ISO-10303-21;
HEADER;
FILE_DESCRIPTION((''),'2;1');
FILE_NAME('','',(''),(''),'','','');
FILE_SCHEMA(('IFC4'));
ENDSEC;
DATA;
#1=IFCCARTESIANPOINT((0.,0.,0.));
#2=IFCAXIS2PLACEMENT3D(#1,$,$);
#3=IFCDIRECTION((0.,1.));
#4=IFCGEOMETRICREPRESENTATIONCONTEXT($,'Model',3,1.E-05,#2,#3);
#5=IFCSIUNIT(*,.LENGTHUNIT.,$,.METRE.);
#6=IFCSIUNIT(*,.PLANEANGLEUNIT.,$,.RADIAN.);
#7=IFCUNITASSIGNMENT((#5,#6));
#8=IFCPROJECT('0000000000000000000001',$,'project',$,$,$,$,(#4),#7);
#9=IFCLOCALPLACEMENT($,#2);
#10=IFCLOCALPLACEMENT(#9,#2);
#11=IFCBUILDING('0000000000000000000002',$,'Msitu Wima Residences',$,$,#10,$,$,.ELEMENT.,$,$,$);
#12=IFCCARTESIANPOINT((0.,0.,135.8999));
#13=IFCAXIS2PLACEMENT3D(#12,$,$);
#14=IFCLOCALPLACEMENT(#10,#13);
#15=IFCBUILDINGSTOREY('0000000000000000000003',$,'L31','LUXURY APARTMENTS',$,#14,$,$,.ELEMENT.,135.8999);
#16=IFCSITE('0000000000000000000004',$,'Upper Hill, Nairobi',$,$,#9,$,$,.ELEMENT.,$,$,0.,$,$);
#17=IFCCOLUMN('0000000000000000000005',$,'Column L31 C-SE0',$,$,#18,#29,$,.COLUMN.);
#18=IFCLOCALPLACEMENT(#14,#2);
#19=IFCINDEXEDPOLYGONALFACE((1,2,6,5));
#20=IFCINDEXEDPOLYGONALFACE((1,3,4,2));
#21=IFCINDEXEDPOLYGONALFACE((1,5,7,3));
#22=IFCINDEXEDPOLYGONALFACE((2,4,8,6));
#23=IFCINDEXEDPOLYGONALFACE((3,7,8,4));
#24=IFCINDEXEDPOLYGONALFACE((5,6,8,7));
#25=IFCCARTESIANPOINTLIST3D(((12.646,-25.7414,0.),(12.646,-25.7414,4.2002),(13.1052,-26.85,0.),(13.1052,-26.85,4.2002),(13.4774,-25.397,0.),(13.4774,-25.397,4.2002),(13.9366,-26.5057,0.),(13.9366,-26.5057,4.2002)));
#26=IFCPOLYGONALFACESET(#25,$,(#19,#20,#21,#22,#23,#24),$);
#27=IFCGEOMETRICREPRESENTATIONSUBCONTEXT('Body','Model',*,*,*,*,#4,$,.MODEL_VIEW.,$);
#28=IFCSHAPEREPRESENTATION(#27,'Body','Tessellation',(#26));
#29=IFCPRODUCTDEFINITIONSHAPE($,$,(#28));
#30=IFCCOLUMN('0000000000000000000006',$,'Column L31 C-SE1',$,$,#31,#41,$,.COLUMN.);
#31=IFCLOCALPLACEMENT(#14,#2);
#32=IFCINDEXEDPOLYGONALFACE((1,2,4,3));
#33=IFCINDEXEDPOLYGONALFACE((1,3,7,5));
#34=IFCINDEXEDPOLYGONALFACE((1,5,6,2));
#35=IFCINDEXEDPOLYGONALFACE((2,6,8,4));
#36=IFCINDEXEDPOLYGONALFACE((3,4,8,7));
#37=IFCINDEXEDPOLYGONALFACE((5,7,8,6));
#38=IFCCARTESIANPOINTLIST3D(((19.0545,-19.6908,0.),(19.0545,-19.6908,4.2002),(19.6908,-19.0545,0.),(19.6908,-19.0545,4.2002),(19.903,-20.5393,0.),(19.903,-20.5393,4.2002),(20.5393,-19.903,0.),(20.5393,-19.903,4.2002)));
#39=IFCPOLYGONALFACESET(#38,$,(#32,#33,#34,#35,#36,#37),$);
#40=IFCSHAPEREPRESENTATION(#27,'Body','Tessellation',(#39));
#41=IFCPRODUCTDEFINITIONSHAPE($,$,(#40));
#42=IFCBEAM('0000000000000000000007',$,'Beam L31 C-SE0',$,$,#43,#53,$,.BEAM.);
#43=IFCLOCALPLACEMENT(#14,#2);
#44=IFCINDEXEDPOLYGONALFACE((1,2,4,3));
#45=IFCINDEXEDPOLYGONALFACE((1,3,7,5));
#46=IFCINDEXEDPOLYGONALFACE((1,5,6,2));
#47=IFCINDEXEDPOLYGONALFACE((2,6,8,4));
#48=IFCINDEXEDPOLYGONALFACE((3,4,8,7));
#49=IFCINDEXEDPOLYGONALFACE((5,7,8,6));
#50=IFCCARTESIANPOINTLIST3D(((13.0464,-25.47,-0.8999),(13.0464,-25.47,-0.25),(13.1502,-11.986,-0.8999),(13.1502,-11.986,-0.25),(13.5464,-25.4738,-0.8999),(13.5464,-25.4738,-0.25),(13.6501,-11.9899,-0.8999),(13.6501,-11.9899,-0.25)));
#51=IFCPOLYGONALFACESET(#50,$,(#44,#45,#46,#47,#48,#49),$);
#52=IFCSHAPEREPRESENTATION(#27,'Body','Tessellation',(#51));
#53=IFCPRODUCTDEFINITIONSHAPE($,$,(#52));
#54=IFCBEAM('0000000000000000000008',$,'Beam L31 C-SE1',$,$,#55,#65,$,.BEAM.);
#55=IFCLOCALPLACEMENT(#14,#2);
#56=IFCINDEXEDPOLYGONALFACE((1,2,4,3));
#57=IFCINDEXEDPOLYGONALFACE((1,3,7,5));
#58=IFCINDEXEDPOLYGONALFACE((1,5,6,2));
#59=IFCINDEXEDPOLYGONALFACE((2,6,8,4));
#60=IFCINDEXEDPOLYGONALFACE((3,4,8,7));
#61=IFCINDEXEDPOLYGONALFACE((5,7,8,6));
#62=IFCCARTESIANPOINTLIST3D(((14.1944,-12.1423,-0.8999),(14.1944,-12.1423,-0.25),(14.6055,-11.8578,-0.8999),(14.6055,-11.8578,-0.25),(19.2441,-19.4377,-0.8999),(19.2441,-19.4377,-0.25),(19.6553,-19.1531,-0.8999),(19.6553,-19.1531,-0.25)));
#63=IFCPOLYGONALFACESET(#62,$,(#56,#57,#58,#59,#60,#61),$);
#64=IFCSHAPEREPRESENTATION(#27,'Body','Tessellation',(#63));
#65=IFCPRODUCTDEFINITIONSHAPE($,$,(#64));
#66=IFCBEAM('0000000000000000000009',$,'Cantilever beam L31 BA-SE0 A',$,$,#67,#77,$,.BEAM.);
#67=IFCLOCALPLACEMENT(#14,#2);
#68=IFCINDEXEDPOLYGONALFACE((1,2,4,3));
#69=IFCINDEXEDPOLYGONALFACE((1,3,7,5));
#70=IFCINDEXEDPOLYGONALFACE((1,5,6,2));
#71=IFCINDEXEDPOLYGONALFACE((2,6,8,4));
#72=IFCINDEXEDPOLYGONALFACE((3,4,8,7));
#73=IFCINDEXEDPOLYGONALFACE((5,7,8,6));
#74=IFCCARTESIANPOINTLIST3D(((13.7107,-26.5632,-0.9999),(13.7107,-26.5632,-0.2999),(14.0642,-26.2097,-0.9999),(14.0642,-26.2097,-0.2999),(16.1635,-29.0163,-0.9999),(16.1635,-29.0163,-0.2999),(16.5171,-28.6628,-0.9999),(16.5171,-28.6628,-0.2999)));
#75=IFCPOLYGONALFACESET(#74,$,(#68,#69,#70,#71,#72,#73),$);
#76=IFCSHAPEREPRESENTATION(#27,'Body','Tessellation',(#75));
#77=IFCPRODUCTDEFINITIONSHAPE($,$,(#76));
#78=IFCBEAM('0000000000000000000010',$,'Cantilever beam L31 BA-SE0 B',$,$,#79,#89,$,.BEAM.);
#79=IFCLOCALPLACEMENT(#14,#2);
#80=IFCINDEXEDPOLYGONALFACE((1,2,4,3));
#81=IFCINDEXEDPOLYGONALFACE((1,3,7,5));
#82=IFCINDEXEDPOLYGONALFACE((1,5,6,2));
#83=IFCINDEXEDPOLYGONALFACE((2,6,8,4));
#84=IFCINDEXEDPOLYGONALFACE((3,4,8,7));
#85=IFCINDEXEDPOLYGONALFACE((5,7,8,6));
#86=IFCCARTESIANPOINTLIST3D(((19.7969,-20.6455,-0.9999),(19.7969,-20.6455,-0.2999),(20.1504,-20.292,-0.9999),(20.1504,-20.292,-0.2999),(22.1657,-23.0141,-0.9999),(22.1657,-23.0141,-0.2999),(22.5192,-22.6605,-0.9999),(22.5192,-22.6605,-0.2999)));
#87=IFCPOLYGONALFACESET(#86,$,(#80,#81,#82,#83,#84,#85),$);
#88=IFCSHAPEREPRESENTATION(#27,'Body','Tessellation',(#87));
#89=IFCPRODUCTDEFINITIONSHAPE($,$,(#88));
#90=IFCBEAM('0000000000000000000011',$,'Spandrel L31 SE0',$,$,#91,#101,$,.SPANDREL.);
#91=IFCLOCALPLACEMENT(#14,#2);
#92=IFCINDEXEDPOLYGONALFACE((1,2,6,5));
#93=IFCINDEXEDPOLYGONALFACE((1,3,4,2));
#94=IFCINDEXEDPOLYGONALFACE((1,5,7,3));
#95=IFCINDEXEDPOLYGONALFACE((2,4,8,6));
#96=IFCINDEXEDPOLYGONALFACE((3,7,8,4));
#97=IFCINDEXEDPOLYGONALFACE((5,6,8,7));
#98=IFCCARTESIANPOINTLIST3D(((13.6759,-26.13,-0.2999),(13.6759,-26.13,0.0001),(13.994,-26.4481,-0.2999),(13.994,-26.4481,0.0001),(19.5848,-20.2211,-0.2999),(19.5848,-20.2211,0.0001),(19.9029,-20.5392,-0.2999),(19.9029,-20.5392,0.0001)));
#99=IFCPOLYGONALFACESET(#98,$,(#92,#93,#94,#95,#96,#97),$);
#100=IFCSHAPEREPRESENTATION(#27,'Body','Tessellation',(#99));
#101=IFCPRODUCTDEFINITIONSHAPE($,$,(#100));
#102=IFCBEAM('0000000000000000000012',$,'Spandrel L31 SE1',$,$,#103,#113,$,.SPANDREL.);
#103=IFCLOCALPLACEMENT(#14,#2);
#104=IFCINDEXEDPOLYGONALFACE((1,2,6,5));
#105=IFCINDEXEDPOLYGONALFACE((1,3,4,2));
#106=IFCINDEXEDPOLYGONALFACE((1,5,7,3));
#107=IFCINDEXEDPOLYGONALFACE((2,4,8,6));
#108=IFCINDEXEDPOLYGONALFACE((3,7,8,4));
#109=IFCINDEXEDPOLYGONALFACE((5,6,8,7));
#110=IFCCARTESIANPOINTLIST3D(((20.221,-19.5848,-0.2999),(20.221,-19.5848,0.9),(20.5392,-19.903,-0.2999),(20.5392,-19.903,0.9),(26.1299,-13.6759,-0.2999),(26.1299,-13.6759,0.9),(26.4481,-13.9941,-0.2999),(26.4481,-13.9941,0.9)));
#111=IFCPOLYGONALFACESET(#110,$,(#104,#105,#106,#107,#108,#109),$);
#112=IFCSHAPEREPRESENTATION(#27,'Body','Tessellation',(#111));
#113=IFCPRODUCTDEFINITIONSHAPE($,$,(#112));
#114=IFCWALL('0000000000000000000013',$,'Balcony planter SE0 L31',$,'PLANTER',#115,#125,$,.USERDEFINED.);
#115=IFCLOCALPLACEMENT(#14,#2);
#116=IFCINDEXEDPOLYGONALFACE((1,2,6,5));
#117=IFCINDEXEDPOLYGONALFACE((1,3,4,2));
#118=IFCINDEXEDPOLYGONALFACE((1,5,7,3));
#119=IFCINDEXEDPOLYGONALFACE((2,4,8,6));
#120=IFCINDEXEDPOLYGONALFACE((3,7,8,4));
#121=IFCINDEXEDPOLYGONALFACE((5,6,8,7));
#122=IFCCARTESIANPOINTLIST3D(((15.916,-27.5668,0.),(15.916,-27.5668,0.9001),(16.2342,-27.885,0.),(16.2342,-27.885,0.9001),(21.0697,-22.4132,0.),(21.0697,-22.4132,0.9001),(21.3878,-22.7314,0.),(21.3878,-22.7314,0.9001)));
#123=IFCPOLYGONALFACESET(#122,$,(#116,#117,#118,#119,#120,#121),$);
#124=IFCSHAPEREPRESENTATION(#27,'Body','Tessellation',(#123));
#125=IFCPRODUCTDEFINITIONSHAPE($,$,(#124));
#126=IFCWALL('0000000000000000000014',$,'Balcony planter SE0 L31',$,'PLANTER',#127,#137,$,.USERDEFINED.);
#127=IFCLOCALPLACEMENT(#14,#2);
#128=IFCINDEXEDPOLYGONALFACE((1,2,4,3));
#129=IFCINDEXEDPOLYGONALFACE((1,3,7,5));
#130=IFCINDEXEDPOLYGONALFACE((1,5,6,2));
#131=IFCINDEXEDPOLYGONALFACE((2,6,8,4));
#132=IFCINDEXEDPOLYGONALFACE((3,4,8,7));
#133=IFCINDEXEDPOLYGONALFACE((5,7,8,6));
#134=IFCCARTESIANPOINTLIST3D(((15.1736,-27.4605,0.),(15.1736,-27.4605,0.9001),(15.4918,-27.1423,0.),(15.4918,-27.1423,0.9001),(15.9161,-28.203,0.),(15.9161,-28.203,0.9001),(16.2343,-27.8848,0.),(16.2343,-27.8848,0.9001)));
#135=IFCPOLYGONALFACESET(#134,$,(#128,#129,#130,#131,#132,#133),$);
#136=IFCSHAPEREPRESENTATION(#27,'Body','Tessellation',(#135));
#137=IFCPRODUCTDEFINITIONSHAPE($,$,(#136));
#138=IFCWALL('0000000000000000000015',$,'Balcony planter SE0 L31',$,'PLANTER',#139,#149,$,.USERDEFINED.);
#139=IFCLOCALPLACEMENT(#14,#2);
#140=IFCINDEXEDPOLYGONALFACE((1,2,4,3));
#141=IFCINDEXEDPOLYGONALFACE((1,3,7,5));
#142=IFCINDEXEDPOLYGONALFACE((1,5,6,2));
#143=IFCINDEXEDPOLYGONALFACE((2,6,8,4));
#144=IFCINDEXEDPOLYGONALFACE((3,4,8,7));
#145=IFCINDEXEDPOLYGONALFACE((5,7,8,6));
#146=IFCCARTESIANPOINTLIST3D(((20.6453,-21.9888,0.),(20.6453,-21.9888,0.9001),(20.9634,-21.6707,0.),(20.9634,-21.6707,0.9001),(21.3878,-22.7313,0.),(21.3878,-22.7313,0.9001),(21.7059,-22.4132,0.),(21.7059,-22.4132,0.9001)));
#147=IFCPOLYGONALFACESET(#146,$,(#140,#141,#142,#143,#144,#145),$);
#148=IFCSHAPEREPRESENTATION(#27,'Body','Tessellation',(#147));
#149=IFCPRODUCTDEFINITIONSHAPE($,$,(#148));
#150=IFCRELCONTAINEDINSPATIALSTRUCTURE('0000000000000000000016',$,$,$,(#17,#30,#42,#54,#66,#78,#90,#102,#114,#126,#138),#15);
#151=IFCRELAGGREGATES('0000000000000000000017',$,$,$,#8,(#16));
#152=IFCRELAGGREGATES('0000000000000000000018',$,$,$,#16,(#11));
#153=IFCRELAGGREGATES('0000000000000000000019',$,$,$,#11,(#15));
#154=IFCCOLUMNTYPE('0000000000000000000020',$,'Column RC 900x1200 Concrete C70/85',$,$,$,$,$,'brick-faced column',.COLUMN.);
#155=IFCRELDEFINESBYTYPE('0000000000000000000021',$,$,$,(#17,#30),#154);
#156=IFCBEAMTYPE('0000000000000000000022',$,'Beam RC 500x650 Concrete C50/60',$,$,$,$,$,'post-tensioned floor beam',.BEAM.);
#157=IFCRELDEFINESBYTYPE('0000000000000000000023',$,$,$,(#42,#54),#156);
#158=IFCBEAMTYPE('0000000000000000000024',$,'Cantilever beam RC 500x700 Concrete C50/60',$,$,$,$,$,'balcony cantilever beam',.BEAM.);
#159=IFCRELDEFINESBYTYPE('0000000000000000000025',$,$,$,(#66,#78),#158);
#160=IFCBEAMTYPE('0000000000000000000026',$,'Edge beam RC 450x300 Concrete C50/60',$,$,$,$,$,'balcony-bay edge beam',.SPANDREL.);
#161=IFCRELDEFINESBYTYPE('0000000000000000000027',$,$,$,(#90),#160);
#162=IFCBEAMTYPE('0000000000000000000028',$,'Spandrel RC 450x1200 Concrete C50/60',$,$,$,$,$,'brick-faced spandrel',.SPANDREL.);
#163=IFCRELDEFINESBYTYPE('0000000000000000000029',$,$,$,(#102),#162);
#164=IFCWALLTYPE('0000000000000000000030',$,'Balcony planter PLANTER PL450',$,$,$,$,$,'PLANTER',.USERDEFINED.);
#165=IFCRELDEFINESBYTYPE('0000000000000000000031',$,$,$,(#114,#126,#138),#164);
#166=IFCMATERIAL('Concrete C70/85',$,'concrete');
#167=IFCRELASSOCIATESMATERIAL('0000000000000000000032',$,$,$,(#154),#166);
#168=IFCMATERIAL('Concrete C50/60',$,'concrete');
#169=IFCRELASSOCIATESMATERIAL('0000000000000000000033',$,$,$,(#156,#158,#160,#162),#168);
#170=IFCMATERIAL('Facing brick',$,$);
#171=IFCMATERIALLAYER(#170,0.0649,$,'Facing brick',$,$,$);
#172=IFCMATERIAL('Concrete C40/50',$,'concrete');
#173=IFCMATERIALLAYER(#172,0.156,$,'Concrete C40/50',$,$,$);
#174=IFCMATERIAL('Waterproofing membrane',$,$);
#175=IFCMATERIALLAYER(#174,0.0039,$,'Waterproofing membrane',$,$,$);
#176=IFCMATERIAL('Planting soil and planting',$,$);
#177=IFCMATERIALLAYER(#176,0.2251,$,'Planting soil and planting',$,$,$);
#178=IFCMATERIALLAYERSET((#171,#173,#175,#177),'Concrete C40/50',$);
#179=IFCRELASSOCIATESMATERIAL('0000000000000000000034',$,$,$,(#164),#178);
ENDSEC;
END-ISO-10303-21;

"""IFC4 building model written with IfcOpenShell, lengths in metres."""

from ifc_helpers import new_model, si_unit, direction, frame, frame_2d, origin, origin_2d, place, context, subcontext, project, spatial, rectangle, extrude, material, layer, layer_set, material_profile, profile_set, type_object, element, save


model = new_model("IFC4")

# Units and contexts
model_context = context("Model", 3, precision=1e-05, world=origin(), true_north=direction((0.0, 1.0)))
body_context = subcontext(model_context, "Body", "Model", "MODEL_VIEW")
ifc_project = project(units=[si_unit("LENGTHUNIT", "METRE"), si_unit("PLANEANGLEUNIT", "RADIAN")], contexts=[model_context])

# Site, building, storey
site_placement = place(None, origin())
site = spatial("IfcSite", under=ifc_project, at=site_placement, Name="Upper Hill, Nairobi", CompositionType="ELEMENT", RefElevation=0.0)
building_placement = place(site_placement, origin())
building = spatial("IfcBuilding", under=site, at=building_placement, Name="Msitu Wima Residences", CompositionType="ELEMENT")
storey_placement = place(building_placement, frame((0.0, 0.0, 135.8999)))
storey = spatial("IfcBuildingStorey", under=building, at=storey_placement, Name="L31", Description="LUXURY APARTMENTS", CompositionType="ELEMENT", Elevation=135.8999)

# Columns
ifc_material_1 = material(Name="Concrete C70/85", Category="concrete")
ifc_material_profile_1 = material_profile(ifc_material_1, rectangle(XDim=0.8999, YDim=1.2, at=origin_2d()), Name="RC 900x1200")
ifc_profile_set_1 = profile_set([ifc_material_profile_1], Name="Concrete C70/85")
column_type = type_object("IfcColumnType", Name="Column RC 900x1200 Concrete C70/85", ElementType="brick-faced column", PredefinedType="COLUMN", material=ifc_profile_set_1)
for number, where, z_axis, x_axis, name in (
    (1, (13.2913, -26.1235, 0.0), (0.0, 0.0, 1.0), (0.92388, 0.382683, 0.0), "Column L31 C-SE0"),
    (2, (19.7969, -19.7969, 0.0), (0.0, 0.0, 1.0), (0.707107, 0.707107, 0.0), "Column L31 C-SE1"),
):
    element("IfcColumn", number, at=place(storey_placement, frame(where, z_axis=z_axis, x_axis=x_axis)), inside=storey, type_object=column_type, Name=name, PredefinedType="COLUMN", context=body_context, shape_type="SweptSolid", body=[
        extrude(rectangle(XDim=0.8999, YDim=1.2, at=origin_2d()), origin(), (0.0, 0.0, 1.0), 4.2002),
    ])

# Beams
ifc_material_2 = material(Name="Concrete C50/60", Category="concrete")
ifc_material_profile_2 = material_profile(ifc_material_2, rectangle(XDim=0.5, YDim=0.6499, at=origin_2d()), Name="RC 500x650")
ifc_profile_set_2 = profile_set([ifc_material_profile_2], Name="Concrete C50/60")
beam_type_1 = type_object("IfcBeamType", Name="Beam RC 500x650 Concrete C50/60", ElementType="post-tensioned floor beam", PredefinedType="BEAM", material=ifc_profile_set_2)
beam_1_placement = place(storey_placement, frame((13.2964, -25.4719, -0.575), z_axis=(0.007695, 0.99997, 0.0), x_axis=(-0.99997, 0.007695, 0.0)))
element("IfcBeam", 3, at=beam_1_placement, inside=storey, type_object=beam_type_1, Name="Beam L31 C-SE0", PredefinedType="BEAM", context=body_context, shape_type="SweptSolid", body=[
    extrude(rectangle(XDim=0.5, YDim=0.6499, at=origin_2d()), origin(), (0.0, 0.0, 1.0), 13.4844),
])
beam_2_placement = place(storey_placement, frame((19.4497, -19.2954, -0.575), z_axis=(-0.569144, 0.822238, 0.0), x_axis=(-0.822238, -0.569144, 0.0)))
element("IfcBeam", 4, at=beam_2_placement, inside=storey, type_object=beam_type_1, Name="Beam L31 C-SE1", PredefinedType="BEAM", context=body_context, shape_type="SweptSolid", body=[
    extrude(rectangle(XDim=0.5, YDim=0.6499, at=origin_2d()), origin(), (0.0, 0.0, 1.0), 8.8726),
])
ifc_material_profile_3 = material_profile(ifc_material_2, rectangle(XDim=0.5, YDim=0.7, at=origin_2d()), Name="RC 500x700")
ifc_profile_set_3 = profile_set([ifc_material_profile_3], Name="Concrete C50/60")
beam_type_2 = type_object("IfcBeamType", Name="Cantilever beam RC 500x700 Concrete C50/60", ElementType="balcony cantilever beam", PredefinedType="BEAM", material=ifc_profile_set_3)
beam_3_placement = place(storey_placement, frame((13.8875, -26.3865, -0.6499), z_axis=(0.707072, -0.707142, 0.0), x_axis=(0.707142, 0.707072, 0.0)))
element("IfcBeam", 5, at=beam_3_placement, inside=storey, type_object=beam_type_2, Name="Cantilever beam L31 BA-SE0 A", PredefinedType="BEAM", context=body_context, shape_type="SweptSolid", body=[
    extrude(rectangle(XDim=0.5, YDim=0.7, at=origin_2d()), origin(), (0.0, 0.0, 1.0), 3.469),
])
beam_4_placement = place(storey_placement, frame((19.9736, -20.4688, -0.6499), z_axis=(0.707143, -0.70707, 0.0), x_axis=(0.70707, 0.707143, 0.0)))
element("IfcBeam", 6, at=beam_4_placement, inside=storey, type_object=beam_type_2, Name="Cantilever beam L31 BA-SE0 B", PredefinedType="BEAM", context=body_context, shape_type="SweptSolid", body=[
    extrude(rectangle(XDim=0.5, YDim=0.7, at=origin_2d()), origin(), (0.0, 0.0, 1.0), 3.3499),
])
ifc_material_profile_4 = material_profile(ifc_material_2, rectangle(XDim=0.45, YDim=0.3, at=origin_2d()), Name="RC 450x300")
ifc_profile_set_4 = profile_set([ifc_material_profile_4], Name="Concrete C50/60")
beam_type_3 = type_object("IfcBeamType", Name="Edge beam RC 450x300 Concrete C50/60", ElementType="balcony-bay edge beam", PredefinedType="SPANDREL", material=ifc_profile_set_4)
beam_5_placement = place(storey_placement, frame((13.835, -26.2891, -0.1499), z_axis=(0.707107, 0.707107, 0.0), x_axis=(-0.707107, 0.707107, 0.0)))
element("IfcBeam", 7, at=beam_5_placement, inside=storey, type_object=beam_type_3, Name="Spandrel L31 SE0", PredefinedType="SPANDREL", context=body_context, shape_type="SweptSolid", body=[
    extrude(rectangle(XDim=0.45, YDim=0.3, at=origin_2d()), origin(), (0.0, 0.0, 1.0), 8.3564),
])
ifc_material_profile_5 = material_profile(ifc_material_2, rectangle(XDim=0.45, YDim=1.2, at=origin_2d()), Name="RC 450x1200")
ifc_profile_set_5 = profile_set([ifc_material_profile_5], Name="Concrete C50/60")
beam_type_4 = type_object("IfcBeamType", Name="Spandrel RC 450x1200 Concrete C50/60", ElementType="brick-faced spandrel", PredefinedType="SPANDREL", material=ifc_profile_set_5)
beam_6_placement = place(storey_placement, frame((20.3801, -19.7439, 0.3), z_axis=(0.707107, 0.707107, 0.0), x_axis=(-0.707107, 0.707107, 0.0)))
element("IfcBeam", 8, at=beam_6_placement, inside=storey, type_object=beam_type_4, Name="Spandrel L31 SE1", PredefinedType="SPANDREL", context=body_context, shape_type="SweptSolid", body=[
    extrude(rectangle(XDim=0.45, YDim=1.2, at=origin_2d()), origin(), (0.0, 0.0, 1.0), 8.3564),
])

# Walls
ifc_material_3 = material(Name="Facing brick")
ifc_layer_1 = layer(ifc_material_3, 0.0649, Name="Facing brick")
ifc_material_4 = material(Name="Concrete C40/50", Category="concrete")
ifc_layer_2 = layer(ifc_material_4, 0.156, Name="Concrete C40/50")
ifc_material_5 = material(Name="Waterproofing membrane")
ifc_layer_3 = layer(ifc_material_5, 0.0039, Name="Waterproofing membrane")
ifc_material_6 = material(Name="Planting soil and planting")
ifc_layer_4 = layer(ifc_material_6, 0.2251, Name="Planting soil and planting")
ifc_layer_set_1 = layer_set([ifc_layer_1, ifc_layer_2, ifc_layer_3, ifc_layer_4], Name="Concrete C40/50")
wall_type_1 = type_object("IfcWallType", Name="Balcony planter PLANTER PL450", ElementType="PLANTER", PredefinedType="USERDEFINED", material=ifc_layer_set_1)
wall_1_placement = place(storey_placement, frame((16.0752, -27.7258, 0.0), z_axis=(0.0, 0.0, 1.0), x_axis=(0.707107, 0.707107, 0.0)))
element("IfcWall", 9, at=wall_1_placement, inside=storey, type_object=wall_type_1, Name="Balcony planter SE0 L31", ObjectType="PLANTER", PredefinedType="USERDEFINED", context=body_context, shape_type="SweptSolid", body=[
    extrude(rectangle(XDim=7.2883, YDim=0.45, at=frame_2d((3.644, 0.0))), origin(), (0.0, 0.0, 1.0), 0.9001),
])
for number, where, z_axis, x_axis, name in (
    (10, (15.3328, -27.3015, 0.0), (0.0, 0.0, 1.0), (0.707107, -0.707107, 0.0), "Balcony planter SE0 L31"),
    (11, (20.8044, -21.8298, 0.0), (0.0, 0.0, 1.0), (0.707107, -0.707107, 0.0), "Balcony planter SE0 L31"),
):
    element("IfcWall", number, at=place(storey_placement, frame(where, z_axis=z_axis, x_axis=x_axis)), inside=storey, type_object=wall_type_1, Name=name, ObjectType="PLANTER", PredefinedType="USERDEFINED", context=body_context, shape_type="SweptSolid", body=[
        extrude(rectangle(XDim=1.05, YDim=0.45, at=frame_2d((0.5249, 0.0))), origin(), (0.0, 0.0, 1.0), 0.9001),
    ])

save(model, "model.ifc")
